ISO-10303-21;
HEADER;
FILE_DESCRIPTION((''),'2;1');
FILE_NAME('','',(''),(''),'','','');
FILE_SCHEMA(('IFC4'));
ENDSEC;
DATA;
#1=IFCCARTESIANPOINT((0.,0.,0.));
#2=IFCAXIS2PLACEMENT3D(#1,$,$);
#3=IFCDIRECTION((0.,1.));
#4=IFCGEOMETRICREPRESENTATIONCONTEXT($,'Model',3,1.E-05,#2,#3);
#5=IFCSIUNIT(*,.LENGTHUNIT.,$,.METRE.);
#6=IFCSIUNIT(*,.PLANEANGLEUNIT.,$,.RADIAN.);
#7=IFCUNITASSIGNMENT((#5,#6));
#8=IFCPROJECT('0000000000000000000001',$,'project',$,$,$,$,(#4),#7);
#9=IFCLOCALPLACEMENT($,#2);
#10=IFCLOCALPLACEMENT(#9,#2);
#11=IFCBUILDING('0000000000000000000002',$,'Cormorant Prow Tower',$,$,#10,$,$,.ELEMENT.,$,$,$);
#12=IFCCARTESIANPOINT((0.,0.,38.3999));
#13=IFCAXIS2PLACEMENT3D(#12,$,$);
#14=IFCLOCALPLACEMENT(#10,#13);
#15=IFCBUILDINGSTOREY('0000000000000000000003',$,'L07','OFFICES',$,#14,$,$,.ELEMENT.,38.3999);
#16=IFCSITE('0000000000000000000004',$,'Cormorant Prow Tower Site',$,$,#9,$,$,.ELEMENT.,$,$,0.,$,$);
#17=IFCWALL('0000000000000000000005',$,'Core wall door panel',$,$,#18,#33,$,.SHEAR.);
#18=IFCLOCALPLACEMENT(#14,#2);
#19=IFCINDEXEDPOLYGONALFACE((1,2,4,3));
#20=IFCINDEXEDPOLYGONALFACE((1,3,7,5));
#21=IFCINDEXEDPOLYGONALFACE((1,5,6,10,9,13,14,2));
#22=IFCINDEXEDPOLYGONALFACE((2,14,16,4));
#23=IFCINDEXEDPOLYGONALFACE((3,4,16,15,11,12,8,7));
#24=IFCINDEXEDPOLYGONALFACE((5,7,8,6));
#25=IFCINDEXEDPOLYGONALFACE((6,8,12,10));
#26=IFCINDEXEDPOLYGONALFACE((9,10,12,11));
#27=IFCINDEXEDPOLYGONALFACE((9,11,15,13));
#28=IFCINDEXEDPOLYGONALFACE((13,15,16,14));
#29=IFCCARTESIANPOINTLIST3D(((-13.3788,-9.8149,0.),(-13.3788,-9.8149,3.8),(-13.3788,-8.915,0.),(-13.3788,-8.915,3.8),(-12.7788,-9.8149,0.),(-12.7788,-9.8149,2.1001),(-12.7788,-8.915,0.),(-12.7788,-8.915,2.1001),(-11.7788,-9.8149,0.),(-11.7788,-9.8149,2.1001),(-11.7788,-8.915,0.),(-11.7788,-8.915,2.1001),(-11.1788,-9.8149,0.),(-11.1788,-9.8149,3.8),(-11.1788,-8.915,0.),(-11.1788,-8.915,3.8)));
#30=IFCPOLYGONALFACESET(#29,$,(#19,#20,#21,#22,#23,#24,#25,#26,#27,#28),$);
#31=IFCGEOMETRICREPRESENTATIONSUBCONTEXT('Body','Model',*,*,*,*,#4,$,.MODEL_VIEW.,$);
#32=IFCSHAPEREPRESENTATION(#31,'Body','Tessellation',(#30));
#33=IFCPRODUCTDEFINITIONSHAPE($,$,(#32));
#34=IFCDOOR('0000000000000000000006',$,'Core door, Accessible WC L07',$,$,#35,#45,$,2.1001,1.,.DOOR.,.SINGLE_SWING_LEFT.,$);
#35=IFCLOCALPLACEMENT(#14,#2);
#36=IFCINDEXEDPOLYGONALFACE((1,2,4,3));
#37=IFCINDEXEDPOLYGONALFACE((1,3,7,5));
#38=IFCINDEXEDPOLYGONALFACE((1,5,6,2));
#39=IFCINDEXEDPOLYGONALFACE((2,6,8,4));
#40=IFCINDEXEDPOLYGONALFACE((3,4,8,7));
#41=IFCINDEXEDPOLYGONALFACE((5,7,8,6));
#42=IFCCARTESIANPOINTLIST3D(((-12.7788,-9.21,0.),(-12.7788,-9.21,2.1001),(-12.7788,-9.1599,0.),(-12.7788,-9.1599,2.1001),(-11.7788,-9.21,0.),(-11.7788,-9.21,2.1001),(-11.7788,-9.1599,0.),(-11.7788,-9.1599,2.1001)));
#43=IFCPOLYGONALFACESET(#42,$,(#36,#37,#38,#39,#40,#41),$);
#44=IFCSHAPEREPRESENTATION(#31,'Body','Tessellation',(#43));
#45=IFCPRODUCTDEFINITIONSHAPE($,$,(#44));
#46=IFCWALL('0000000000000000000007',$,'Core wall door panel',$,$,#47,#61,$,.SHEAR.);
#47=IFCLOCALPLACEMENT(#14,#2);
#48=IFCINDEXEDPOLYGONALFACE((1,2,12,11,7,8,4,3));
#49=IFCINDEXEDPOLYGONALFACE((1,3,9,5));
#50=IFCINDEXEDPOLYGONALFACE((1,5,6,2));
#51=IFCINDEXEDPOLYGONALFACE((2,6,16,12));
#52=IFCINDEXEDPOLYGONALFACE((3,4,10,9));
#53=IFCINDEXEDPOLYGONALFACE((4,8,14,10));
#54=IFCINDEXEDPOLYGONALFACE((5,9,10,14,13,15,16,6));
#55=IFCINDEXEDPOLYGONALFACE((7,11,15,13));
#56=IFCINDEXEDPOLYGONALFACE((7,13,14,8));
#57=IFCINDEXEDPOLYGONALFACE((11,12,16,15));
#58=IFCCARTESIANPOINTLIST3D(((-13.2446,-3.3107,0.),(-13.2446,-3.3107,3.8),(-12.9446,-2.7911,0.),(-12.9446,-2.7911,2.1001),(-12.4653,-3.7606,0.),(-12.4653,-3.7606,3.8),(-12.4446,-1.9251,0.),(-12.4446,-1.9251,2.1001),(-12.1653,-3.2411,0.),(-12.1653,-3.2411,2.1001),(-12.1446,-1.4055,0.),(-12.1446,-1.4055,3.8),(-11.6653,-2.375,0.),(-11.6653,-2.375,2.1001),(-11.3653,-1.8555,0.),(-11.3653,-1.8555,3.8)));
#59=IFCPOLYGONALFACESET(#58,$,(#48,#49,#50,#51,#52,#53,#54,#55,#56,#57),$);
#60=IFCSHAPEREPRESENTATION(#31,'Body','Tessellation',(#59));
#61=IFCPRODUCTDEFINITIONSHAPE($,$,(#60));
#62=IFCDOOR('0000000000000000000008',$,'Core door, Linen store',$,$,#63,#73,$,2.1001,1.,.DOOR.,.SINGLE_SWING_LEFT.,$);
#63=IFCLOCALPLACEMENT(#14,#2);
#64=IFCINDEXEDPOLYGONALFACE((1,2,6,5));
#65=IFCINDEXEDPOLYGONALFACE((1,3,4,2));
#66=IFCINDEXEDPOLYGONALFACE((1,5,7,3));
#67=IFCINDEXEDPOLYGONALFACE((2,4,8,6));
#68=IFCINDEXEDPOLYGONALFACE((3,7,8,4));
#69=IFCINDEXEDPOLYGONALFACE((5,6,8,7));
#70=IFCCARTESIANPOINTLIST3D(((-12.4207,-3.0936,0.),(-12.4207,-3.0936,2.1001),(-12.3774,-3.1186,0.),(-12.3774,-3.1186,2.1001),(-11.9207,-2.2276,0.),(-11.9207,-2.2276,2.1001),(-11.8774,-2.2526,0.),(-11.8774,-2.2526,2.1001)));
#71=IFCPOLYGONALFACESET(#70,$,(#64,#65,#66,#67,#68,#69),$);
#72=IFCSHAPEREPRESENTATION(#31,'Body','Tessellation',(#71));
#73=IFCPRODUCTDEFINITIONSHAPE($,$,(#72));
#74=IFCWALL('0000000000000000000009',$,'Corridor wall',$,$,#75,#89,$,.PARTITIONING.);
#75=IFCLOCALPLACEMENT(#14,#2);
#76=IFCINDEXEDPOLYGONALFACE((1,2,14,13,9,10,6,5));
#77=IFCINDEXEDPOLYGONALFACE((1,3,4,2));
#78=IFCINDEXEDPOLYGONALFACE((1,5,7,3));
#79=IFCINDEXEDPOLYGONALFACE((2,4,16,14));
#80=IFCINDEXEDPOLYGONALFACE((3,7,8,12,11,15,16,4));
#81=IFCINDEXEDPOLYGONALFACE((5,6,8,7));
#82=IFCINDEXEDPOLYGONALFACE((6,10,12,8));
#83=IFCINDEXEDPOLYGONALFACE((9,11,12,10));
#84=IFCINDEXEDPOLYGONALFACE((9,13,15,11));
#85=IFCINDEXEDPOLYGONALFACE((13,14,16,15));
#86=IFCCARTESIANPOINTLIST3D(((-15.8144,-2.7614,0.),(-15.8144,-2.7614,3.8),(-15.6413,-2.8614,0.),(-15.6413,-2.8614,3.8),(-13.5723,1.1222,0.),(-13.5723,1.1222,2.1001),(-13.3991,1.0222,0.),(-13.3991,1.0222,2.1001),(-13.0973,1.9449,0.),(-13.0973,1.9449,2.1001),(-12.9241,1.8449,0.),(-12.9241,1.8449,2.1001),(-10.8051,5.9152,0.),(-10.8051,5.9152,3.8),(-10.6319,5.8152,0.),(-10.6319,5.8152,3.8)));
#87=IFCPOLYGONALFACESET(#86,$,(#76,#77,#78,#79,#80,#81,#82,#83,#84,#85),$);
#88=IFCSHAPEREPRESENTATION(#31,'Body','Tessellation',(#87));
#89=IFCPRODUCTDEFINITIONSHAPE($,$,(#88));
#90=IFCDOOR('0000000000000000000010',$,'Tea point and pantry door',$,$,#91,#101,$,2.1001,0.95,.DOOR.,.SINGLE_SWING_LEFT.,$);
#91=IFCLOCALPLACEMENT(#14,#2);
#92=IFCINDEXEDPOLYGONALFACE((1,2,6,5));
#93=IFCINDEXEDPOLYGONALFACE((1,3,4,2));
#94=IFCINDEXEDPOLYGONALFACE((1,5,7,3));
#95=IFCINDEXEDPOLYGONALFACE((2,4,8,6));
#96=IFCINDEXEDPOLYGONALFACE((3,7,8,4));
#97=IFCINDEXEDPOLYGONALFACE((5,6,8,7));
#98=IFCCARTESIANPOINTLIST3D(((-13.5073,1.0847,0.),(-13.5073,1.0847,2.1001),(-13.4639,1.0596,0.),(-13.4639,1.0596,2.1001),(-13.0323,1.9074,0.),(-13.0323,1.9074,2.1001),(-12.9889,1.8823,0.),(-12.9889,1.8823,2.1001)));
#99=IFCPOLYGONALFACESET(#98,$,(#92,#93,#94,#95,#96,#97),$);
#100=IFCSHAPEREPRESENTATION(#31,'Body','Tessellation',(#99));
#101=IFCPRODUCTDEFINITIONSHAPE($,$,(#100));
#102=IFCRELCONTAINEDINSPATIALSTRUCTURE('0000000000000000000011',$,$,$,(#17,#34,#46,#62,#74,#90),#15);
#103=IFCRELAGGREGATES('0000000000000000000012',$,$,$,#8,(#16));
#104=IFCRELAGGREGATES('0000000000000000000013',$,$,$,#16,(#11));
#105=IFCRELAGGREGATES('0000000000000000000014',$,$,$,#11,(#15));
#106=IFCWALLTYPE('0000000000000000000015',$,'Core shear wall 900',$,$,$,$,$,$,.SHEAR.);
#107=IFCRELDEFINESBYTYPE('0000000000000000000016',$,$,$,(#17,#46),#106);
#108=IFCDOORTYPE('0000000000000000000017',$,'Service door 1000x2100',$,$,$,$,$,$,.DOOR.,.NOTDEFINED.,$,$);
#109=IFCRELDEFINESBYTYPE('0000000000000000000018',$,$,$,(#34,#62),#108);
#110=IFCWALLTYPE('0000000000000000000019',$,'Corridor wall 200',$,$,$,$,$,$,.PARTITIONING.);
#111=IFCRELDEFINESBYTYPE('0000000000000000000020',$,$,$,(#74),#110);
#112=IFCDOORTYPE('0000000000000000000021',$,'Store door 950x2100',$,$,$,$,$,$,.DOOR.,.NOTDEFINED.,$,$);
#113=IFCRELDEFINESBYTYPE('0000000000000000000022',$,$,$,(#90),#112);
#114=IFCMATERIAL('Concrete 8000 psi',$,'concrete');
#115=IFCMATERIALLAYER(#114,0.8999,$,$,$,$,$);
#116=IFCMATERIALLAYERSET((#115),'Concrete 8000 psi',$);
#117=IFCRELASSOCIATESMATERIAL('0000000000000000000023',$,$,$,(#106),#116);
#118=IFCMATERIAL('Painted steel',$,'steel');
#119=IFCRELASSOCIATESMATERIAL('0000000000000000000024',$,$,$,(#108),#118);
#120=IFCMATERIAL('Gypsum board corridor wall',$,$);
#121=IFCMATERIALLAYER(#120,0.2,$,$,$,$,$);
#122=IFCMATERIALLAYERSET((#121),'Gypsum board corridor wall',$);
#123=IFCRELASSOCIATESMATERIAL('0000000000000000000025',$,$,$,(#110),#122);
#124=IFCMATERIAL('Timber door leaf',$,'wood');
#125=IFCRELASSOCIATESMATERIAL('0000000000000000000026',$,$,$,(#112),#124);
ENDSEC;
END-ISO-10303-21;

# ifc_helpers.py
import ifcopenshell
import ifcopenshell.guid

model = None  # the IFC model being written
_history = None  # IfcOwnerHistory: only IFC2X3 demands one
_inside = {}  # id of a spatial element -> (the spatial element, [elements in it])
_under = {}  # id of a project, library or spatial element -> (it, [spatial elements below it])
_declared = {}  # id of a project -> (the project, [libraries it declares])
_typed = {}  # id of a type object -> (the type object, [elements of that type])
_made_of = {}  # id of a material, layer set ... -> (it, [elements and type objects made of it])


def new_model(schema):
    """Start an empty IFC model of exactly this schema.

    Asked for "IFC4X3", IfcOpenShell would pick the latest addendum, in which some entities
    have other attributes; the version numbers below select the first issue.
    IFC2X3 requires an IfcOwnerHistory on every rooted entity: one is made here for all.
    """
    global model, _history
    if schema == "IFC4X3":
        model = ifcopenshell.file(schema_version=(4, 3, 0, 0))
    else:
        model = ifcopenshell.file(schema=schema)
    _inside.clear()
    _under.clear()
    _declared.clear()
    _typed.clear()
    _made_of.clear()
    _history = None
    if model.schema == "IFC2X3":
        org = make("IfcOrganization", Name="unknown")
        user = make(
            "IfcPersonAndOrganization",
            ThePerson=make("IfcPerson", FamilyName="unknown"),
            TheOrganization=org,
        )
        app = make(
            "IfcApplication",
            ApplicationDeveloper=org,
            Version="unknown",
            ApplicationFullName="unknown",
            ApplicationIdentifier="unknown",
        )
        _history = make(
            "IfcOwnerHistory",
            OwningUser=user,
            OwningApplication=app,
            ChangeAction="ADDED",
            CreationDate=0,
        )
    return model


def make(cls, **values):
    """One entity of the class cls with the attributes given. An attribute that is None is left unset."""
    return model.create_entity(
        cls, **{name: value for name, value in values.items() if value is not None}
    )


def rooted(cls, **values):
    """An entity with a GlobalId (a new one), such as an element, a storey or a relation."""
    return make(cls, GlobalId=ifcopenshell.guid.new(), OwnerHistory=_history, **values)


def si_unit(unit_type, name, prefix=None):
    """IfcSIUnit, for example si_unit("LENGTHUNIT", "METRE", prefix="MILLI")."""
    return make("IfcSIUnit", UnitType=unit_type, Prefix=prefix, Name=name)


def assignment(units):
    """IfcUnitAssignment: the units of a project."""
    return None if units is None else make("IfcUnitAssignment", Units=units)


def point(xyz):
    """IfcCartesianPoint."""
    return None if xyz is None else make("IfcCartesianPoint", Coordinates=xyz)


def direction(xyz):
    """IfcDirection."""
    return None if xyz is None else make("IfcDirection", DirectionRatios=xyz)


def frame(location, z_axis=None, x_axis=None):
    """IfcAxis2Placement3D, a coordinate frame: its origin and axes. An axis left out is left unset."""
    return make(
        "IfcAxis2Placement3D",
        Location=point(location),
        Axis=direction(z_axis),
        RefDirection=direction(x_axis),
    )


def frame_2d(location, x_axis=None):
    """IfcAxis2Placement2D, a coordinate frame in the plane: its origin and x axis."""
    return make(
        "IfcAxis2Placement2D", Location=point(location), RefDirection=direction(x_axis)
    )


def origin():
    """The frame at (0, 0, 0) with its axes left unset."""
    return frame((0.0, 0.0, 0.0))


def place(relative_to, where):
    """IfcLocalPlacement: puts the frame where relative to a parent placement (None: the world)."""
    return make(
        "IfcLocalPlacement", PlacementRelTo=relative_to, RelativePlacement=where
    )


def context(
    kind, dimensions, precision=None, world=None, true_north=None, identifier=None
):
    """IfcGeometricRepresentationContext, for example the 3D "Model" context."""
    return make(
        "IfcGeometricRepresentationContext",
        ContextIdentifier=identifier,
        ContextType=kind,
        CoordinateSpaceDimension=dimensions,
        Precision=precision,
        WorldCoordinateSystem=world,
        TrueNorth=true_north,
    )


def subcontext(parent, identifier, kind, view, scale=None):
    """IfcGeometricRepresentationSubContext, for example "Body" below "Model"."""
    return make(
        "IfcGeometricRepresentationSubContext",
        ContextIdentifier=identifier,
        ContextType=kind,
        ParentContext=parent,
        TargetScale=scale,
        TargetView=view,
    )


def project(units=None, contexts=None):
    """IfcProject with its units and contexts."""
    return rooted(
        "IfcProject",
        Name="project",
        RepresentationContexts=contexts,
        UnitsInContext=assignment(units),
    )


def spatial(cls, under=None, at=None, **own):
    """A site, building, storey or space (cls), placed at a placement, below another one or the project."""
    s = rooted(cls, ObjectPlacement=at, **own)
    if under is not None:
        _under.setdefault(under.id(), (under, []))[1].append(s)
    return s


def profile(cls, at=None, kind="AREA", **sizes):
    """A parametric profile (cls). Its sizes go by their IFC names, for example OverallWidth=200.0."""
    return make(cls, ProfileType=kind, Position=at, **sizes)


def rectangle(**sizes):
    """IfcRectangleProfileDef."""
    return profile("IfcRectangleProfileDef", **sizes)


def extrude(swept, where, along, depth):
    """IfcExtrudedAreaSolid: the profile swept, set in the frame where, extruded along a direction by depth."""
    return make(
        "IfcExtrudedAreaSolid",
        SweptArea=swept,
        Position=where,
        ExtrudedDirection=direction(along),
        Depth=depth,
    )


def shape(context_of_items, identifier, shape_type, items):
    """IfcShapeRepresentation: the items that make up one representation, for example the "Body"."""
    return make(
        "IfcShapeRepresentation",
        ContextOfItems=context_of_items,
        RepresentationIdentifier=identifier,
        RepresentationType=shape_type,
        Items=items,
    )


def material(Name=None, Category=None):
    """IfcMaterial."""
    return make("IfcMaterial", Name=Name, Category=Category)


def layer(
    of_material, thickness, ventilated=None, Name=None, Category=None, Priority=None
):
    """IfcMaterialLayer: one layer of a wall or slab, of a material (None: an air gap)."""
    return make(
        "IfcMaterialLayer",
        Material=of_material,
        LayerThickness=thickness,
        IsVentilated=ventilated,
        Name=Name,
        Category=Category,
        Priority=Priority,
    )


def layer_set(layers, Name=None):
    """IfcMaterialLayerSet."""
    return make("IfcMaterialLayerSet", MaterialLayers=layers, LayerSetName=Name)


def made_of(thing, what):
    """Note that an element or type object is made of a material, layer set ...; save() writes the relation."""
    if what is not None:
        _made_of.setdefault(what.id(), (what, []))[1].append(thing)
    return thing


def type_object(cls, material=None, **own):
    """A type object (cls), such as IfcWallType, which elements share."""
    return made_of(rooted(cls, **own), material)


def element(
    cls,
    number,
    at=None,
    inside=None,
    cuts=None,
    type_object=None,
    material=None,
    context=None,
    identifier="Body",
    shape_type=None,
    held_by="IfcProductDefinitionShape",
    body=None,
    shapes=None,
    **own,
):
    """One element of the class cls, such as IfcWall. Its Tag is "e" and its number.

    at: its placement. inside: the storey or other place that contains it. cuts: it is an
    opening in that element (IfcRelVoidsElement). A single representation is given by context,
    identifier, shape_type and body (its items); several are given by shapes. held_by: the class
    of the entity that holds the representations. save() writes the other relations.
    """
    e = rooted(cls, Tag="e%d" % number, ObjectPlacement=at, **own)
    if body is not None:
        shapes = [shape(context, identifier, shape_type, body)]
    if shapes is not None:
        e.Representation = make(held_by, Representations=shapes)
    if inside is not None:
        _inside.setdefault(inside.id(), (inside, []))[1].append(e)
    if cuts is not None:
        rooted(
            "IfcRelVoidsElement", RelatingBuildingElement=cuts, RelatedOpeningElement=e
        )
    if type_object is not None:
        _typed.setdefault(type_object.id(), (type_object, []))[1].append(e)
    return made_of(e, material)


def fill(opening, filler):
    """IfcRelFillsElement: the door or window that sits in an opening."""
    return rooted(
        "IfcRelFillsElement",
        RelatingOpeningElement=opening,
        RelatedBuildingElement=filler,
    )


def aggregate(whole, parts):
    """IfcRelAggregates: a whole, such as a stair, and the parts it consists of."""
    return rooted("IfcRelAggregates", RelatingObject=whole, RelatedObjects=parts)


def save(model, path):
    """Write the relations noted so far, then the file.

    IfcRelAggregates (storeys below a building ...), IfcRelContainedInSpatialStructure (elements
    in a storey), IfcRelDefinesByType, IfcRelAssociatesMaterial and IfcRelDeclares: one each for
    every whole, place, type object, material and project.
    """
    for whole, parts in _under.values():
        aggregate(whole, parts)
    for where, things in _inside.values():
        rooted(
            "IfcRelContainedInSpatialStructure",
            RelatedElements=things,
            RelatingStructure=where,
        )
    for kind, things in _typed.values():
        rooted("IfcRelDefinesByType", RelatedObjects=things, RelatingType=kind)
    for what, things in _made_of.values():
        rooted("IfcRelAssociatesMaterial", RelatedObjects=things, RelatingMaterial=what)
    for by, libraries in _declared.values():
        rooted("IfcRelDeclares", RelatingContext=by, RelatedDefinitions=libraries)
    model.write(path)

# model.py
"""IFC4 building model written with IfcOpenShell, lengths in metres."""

from ifc_helpers import new_model, si_unit, direction, frame, frame_2d, origin, place, context, subcontext, project, spatial, rectangle, extrude, material, layer, layer_set, type_object, element, fill, save


model = new_model("IFC4")

# Units and contexts
model_context = context("Model", 3, precision=1e-05, world=origin(), true_north=direction((0.0, 1.0)))
body_context = subcontext(model_context, "Body", "Model", "MODEL_VIEW")
ifc_project = project(units=[si_unit("LENGTHUNIT", "METRE"), si_unit("PLANEANGLEUNIT", "RADIAN")], contexts=[model_context])

# Site, building, storey
site_placement = place(None, origin())
site = spatial("IfcSite", under=ifc_project, at=site_placement, Name="Cormorant Prow Tower Site", CompositionType="ELEMENT", RefElevation=0.0)
building_placement = place(site_placement, origin())
building = spatial("IfcBuilding", under=site, at=building_placement, Name="Cormorant Prow Tower", CompositionType="ELEMENT")
storey_placement = place(building_placement, frame((0.0, 0.0, 38.3999)))
storey = spatial("IfcBuildingStorey", under=building, at=storey_placement, Name="L07", Description="OFFICES", CompositionType="ELEMENT", Elevation=38.3999)

# Shared definitions
ifc_material_1 = material(Name="Concrete 8000 psi", Category="concrete")
ifc_layer_1 = layer(ifc_material_1, 0.8999)
ifc_layer_set_1 = layer_set([ifc_layer_1], Name="Concrete 8000 psi")
wall_type_1 = type_object("IfcWallType", Name="Core shear wall 900", PredefinedType="SHEAR", material=ifc_layer_set_1)

# Walls, openings, doors
wall_1_placement = place(storey_placement, frame((-13.3789, -9.365, 0.0), z_axis=(0.0, 0.0, 1.0), x_axis=(1.0, 0.0, 0.0)))
wall_1 = element("IfcWall", 1, at=wall_1_placement, inside=storey, type_object=wall_type_1, Name="Core wall door panel", PredefinedType="SHEAR", context=body_context, shape_type="SweptSolid", body=[
    extrude(rectangle(XDim=2.2, YDim=0.8999, at=frame_2d((1.1001, 0.0))), origin(), (0.0, 0.0, 1.0), 3.8),
])
opening_1_placement = place(wall_1_placement, frame((0.6001, 0.0, 0.0)))
opening_1 = element("IfcOpeningElement", 2, at=opening_1_placement, cuts=wall_1, PredefinedType="OPENING", context=body_context, shape_type="SweptSolid", body=[
    extrude(rectangle(XDim=1.0, YDim=2.1001, at=frame_2d((0.5, 1.05))), frame((0.0, 0.46, 0.0), z_axis=(0.0, -1.0, 0.0), x_axis=(1.0, 0.0, 0.0)), (0.0, 0.0, 1.0), 0.9199),
])
ifc_material_2 = material(Name="Painted steel", Category="steel")
door_type_1 = type_object("IfcDoorType", Name="Service door 1000x2100", OperationType="NOTDEFINED", PredefinedType="DOOR", material=ifc_material_2)
door_1_placement = place(opening_1_placement, origin())
door_1 = element("IfcDoor", 3, at=door_1_placement, inside=storey, type_object=door_type_1, Name="Core door, Accessible WC L07", OperationType="SINGLE_SWING_LEFT", OverallHeight=2.1001, OverallWidth=1.0, PredefinedType="DOOR", context=body_context, shape_type="SweptSolid", body=[
    extrude(rectangle(XDim=1.0, YDim=2.1001, at=frame_2d((0.5, 1.05))), frame((0.0, 0.2051, 0.0), z_axis=(0.0, -1.0, 0.0), x_axis=(1.0, 0.0, 0.0)), (0.0, 0.0, 1.0), 0.05),
])
fill(opening_1, door_1)
wall_2_placement = place(storey_placement, frame((-11.7549, -1.6304, 0.0), z_axis=(0.0, 0.0, 1.0), x_axis=(-0.50003, -0.866008, 0.0)))
wall_2 = element("IfcWall", 4, at=wall_2_placement, inside=storey, type_object=wall_type_1, Name="Core wall door panel", PredefinedType="SHEAR", context=body_context, shape_type="SweptSolid", body=[
    extrude(rectangle(XDim=2.2, YDim=0.8999, at=frame_2d((1.1001, 0.0))), origin(), (0.0, 0.0, 1.0), 3.8),
])
opening_2_placement = place(wall_2_placement, frame((0.6001, 0.0, 0.0)))
opening_2 = element("IfcOpeningElement", 5, at=opening_2_placement, cuts=wall_2, PredefinedType="OPENING", context=body_context, shape_type="SweptSolid", body=[
    extrude(rectangle(XDim=1.0, YDim=2.1001, at=frame_2d((0.5, 1.05))), frame((0.0, 0.46, 0.0), z_axis=(0.0, -1.0, 0.0), x_axis=(1.0, 0.0, 0.0)), (0.0, 0.0, 1.0), 0.9199),
])
door_2_placement = place(opening_2_placement, origin())
door_2 = element("IfcDoor", 6, at=door_2_placement, inside=storey, type_object=door_type_1, Name="Core door, Linen store", OperationType="SINGLE_SWING_LEFT", OverallHeight=2.1001, OverallWidth=1.0, PredefinedType="DOOR", context=body_context, shape_type="SweptSolid", body=[
    extrude(rectangle(XDim=1.0, YDim=2.1001, at=frame_2d((0.5, 1.05))), frame((0.0, 0.2051, 0.0), z_axis=(0.0, -1.0, 0.0), x_axis=(1.0, 0.0, 0.0)), (0.0, 0.0, 1.0), 0.05),
])
fill(opening_2, door_2)
ifc_material_3 = material(Name="Gypsum board corridor wall")
ifc_layer_2 = layer(ifc_material_3, 0.2)
ifc_layer_set_2 = layer_set([ifc_layer_2], Name="Gypsum board corridor wall")
wall_type_2 = type_object("IfcWallType", Name="Corridor wall 200", PredefinedType="PARTITIONING", material=ifc_layer_set_2)
wall_3_placement = place(storey_placement, frame((-15.7278, -2.8113, 0.0), z_axis=(0.0, 0.0, 1.0), x_axis=(0.499992, 0.86603, 0.0)))
wall_3 = element("IfcWall", 7, at=wall_3_placement, inside=storey, type_object=wall_type_2, Name="Corridor wall", PredefinedType="PARTITIONING", context=body_context, shape_type="SweptSolid", body=[
    extrude(rectangle(XDim=10.0188, YDim=0.2, at=frame_2d((5.0093, 0.0))), origin(), (0.0, 0.0, 1.0), 3.8),
])
opening_3_placement = place(wall_3_placement, frame((4.4841, 0.0, 0.0)))
opening_3 = element("IfcOpeningElement", 8, at=opening_3_placement, cuts=wall_3, PredefinedType="OPENING", context=body_context, shape_type="SweptSolid", body=[
    extrude(rectangle(XDim=0.95, YDim=2.1001, at=frame_2d((0.4751, 1.05))), frame((0.0, 0.1099, 0.0), z_axis=(0.0, -1.0, 0.0), x_axis=(1.0, 0.0, 0.0)), (0.0, 0.0, 1.0), 0.22),
])
ifc_material_4 = material(Name="Timber door leaf", Category="wood")
door_type_2 = type_object("IfcDoorType", Name="Store door 950x2100", OperationType="NOTDEFINED", PredefinedType="DOOR", material=ifc_material_4)
door_3_placement = place(opening_3_placement, origin())
door_3 = element("IfcDoor", 9, at=door_3_placement, inside=storey, type_object=door_type_2, Name="Tea point and pantry door", OperationType="SINGLE_SWING_LEFT", OverallHeight=2.1001, OverallWidth=0.95, PredefinedType="DOOR", context=body_context, shape_type="SweptSolid", body=[
    extrude(rectangle(XDim=0.95, YDim=2.1001, at=frame_2d((0.4751, 1.05))), frame((0.0, 0.0249, 0.0), z_axis=(0.0, -1.0, 0.0), x_axis=(1.0, 0.0, 0.0)), (0.0, 0.0, 1.0), 0.05),
])
fill(opening_3, door_3)

save(model, "model.ifc")
